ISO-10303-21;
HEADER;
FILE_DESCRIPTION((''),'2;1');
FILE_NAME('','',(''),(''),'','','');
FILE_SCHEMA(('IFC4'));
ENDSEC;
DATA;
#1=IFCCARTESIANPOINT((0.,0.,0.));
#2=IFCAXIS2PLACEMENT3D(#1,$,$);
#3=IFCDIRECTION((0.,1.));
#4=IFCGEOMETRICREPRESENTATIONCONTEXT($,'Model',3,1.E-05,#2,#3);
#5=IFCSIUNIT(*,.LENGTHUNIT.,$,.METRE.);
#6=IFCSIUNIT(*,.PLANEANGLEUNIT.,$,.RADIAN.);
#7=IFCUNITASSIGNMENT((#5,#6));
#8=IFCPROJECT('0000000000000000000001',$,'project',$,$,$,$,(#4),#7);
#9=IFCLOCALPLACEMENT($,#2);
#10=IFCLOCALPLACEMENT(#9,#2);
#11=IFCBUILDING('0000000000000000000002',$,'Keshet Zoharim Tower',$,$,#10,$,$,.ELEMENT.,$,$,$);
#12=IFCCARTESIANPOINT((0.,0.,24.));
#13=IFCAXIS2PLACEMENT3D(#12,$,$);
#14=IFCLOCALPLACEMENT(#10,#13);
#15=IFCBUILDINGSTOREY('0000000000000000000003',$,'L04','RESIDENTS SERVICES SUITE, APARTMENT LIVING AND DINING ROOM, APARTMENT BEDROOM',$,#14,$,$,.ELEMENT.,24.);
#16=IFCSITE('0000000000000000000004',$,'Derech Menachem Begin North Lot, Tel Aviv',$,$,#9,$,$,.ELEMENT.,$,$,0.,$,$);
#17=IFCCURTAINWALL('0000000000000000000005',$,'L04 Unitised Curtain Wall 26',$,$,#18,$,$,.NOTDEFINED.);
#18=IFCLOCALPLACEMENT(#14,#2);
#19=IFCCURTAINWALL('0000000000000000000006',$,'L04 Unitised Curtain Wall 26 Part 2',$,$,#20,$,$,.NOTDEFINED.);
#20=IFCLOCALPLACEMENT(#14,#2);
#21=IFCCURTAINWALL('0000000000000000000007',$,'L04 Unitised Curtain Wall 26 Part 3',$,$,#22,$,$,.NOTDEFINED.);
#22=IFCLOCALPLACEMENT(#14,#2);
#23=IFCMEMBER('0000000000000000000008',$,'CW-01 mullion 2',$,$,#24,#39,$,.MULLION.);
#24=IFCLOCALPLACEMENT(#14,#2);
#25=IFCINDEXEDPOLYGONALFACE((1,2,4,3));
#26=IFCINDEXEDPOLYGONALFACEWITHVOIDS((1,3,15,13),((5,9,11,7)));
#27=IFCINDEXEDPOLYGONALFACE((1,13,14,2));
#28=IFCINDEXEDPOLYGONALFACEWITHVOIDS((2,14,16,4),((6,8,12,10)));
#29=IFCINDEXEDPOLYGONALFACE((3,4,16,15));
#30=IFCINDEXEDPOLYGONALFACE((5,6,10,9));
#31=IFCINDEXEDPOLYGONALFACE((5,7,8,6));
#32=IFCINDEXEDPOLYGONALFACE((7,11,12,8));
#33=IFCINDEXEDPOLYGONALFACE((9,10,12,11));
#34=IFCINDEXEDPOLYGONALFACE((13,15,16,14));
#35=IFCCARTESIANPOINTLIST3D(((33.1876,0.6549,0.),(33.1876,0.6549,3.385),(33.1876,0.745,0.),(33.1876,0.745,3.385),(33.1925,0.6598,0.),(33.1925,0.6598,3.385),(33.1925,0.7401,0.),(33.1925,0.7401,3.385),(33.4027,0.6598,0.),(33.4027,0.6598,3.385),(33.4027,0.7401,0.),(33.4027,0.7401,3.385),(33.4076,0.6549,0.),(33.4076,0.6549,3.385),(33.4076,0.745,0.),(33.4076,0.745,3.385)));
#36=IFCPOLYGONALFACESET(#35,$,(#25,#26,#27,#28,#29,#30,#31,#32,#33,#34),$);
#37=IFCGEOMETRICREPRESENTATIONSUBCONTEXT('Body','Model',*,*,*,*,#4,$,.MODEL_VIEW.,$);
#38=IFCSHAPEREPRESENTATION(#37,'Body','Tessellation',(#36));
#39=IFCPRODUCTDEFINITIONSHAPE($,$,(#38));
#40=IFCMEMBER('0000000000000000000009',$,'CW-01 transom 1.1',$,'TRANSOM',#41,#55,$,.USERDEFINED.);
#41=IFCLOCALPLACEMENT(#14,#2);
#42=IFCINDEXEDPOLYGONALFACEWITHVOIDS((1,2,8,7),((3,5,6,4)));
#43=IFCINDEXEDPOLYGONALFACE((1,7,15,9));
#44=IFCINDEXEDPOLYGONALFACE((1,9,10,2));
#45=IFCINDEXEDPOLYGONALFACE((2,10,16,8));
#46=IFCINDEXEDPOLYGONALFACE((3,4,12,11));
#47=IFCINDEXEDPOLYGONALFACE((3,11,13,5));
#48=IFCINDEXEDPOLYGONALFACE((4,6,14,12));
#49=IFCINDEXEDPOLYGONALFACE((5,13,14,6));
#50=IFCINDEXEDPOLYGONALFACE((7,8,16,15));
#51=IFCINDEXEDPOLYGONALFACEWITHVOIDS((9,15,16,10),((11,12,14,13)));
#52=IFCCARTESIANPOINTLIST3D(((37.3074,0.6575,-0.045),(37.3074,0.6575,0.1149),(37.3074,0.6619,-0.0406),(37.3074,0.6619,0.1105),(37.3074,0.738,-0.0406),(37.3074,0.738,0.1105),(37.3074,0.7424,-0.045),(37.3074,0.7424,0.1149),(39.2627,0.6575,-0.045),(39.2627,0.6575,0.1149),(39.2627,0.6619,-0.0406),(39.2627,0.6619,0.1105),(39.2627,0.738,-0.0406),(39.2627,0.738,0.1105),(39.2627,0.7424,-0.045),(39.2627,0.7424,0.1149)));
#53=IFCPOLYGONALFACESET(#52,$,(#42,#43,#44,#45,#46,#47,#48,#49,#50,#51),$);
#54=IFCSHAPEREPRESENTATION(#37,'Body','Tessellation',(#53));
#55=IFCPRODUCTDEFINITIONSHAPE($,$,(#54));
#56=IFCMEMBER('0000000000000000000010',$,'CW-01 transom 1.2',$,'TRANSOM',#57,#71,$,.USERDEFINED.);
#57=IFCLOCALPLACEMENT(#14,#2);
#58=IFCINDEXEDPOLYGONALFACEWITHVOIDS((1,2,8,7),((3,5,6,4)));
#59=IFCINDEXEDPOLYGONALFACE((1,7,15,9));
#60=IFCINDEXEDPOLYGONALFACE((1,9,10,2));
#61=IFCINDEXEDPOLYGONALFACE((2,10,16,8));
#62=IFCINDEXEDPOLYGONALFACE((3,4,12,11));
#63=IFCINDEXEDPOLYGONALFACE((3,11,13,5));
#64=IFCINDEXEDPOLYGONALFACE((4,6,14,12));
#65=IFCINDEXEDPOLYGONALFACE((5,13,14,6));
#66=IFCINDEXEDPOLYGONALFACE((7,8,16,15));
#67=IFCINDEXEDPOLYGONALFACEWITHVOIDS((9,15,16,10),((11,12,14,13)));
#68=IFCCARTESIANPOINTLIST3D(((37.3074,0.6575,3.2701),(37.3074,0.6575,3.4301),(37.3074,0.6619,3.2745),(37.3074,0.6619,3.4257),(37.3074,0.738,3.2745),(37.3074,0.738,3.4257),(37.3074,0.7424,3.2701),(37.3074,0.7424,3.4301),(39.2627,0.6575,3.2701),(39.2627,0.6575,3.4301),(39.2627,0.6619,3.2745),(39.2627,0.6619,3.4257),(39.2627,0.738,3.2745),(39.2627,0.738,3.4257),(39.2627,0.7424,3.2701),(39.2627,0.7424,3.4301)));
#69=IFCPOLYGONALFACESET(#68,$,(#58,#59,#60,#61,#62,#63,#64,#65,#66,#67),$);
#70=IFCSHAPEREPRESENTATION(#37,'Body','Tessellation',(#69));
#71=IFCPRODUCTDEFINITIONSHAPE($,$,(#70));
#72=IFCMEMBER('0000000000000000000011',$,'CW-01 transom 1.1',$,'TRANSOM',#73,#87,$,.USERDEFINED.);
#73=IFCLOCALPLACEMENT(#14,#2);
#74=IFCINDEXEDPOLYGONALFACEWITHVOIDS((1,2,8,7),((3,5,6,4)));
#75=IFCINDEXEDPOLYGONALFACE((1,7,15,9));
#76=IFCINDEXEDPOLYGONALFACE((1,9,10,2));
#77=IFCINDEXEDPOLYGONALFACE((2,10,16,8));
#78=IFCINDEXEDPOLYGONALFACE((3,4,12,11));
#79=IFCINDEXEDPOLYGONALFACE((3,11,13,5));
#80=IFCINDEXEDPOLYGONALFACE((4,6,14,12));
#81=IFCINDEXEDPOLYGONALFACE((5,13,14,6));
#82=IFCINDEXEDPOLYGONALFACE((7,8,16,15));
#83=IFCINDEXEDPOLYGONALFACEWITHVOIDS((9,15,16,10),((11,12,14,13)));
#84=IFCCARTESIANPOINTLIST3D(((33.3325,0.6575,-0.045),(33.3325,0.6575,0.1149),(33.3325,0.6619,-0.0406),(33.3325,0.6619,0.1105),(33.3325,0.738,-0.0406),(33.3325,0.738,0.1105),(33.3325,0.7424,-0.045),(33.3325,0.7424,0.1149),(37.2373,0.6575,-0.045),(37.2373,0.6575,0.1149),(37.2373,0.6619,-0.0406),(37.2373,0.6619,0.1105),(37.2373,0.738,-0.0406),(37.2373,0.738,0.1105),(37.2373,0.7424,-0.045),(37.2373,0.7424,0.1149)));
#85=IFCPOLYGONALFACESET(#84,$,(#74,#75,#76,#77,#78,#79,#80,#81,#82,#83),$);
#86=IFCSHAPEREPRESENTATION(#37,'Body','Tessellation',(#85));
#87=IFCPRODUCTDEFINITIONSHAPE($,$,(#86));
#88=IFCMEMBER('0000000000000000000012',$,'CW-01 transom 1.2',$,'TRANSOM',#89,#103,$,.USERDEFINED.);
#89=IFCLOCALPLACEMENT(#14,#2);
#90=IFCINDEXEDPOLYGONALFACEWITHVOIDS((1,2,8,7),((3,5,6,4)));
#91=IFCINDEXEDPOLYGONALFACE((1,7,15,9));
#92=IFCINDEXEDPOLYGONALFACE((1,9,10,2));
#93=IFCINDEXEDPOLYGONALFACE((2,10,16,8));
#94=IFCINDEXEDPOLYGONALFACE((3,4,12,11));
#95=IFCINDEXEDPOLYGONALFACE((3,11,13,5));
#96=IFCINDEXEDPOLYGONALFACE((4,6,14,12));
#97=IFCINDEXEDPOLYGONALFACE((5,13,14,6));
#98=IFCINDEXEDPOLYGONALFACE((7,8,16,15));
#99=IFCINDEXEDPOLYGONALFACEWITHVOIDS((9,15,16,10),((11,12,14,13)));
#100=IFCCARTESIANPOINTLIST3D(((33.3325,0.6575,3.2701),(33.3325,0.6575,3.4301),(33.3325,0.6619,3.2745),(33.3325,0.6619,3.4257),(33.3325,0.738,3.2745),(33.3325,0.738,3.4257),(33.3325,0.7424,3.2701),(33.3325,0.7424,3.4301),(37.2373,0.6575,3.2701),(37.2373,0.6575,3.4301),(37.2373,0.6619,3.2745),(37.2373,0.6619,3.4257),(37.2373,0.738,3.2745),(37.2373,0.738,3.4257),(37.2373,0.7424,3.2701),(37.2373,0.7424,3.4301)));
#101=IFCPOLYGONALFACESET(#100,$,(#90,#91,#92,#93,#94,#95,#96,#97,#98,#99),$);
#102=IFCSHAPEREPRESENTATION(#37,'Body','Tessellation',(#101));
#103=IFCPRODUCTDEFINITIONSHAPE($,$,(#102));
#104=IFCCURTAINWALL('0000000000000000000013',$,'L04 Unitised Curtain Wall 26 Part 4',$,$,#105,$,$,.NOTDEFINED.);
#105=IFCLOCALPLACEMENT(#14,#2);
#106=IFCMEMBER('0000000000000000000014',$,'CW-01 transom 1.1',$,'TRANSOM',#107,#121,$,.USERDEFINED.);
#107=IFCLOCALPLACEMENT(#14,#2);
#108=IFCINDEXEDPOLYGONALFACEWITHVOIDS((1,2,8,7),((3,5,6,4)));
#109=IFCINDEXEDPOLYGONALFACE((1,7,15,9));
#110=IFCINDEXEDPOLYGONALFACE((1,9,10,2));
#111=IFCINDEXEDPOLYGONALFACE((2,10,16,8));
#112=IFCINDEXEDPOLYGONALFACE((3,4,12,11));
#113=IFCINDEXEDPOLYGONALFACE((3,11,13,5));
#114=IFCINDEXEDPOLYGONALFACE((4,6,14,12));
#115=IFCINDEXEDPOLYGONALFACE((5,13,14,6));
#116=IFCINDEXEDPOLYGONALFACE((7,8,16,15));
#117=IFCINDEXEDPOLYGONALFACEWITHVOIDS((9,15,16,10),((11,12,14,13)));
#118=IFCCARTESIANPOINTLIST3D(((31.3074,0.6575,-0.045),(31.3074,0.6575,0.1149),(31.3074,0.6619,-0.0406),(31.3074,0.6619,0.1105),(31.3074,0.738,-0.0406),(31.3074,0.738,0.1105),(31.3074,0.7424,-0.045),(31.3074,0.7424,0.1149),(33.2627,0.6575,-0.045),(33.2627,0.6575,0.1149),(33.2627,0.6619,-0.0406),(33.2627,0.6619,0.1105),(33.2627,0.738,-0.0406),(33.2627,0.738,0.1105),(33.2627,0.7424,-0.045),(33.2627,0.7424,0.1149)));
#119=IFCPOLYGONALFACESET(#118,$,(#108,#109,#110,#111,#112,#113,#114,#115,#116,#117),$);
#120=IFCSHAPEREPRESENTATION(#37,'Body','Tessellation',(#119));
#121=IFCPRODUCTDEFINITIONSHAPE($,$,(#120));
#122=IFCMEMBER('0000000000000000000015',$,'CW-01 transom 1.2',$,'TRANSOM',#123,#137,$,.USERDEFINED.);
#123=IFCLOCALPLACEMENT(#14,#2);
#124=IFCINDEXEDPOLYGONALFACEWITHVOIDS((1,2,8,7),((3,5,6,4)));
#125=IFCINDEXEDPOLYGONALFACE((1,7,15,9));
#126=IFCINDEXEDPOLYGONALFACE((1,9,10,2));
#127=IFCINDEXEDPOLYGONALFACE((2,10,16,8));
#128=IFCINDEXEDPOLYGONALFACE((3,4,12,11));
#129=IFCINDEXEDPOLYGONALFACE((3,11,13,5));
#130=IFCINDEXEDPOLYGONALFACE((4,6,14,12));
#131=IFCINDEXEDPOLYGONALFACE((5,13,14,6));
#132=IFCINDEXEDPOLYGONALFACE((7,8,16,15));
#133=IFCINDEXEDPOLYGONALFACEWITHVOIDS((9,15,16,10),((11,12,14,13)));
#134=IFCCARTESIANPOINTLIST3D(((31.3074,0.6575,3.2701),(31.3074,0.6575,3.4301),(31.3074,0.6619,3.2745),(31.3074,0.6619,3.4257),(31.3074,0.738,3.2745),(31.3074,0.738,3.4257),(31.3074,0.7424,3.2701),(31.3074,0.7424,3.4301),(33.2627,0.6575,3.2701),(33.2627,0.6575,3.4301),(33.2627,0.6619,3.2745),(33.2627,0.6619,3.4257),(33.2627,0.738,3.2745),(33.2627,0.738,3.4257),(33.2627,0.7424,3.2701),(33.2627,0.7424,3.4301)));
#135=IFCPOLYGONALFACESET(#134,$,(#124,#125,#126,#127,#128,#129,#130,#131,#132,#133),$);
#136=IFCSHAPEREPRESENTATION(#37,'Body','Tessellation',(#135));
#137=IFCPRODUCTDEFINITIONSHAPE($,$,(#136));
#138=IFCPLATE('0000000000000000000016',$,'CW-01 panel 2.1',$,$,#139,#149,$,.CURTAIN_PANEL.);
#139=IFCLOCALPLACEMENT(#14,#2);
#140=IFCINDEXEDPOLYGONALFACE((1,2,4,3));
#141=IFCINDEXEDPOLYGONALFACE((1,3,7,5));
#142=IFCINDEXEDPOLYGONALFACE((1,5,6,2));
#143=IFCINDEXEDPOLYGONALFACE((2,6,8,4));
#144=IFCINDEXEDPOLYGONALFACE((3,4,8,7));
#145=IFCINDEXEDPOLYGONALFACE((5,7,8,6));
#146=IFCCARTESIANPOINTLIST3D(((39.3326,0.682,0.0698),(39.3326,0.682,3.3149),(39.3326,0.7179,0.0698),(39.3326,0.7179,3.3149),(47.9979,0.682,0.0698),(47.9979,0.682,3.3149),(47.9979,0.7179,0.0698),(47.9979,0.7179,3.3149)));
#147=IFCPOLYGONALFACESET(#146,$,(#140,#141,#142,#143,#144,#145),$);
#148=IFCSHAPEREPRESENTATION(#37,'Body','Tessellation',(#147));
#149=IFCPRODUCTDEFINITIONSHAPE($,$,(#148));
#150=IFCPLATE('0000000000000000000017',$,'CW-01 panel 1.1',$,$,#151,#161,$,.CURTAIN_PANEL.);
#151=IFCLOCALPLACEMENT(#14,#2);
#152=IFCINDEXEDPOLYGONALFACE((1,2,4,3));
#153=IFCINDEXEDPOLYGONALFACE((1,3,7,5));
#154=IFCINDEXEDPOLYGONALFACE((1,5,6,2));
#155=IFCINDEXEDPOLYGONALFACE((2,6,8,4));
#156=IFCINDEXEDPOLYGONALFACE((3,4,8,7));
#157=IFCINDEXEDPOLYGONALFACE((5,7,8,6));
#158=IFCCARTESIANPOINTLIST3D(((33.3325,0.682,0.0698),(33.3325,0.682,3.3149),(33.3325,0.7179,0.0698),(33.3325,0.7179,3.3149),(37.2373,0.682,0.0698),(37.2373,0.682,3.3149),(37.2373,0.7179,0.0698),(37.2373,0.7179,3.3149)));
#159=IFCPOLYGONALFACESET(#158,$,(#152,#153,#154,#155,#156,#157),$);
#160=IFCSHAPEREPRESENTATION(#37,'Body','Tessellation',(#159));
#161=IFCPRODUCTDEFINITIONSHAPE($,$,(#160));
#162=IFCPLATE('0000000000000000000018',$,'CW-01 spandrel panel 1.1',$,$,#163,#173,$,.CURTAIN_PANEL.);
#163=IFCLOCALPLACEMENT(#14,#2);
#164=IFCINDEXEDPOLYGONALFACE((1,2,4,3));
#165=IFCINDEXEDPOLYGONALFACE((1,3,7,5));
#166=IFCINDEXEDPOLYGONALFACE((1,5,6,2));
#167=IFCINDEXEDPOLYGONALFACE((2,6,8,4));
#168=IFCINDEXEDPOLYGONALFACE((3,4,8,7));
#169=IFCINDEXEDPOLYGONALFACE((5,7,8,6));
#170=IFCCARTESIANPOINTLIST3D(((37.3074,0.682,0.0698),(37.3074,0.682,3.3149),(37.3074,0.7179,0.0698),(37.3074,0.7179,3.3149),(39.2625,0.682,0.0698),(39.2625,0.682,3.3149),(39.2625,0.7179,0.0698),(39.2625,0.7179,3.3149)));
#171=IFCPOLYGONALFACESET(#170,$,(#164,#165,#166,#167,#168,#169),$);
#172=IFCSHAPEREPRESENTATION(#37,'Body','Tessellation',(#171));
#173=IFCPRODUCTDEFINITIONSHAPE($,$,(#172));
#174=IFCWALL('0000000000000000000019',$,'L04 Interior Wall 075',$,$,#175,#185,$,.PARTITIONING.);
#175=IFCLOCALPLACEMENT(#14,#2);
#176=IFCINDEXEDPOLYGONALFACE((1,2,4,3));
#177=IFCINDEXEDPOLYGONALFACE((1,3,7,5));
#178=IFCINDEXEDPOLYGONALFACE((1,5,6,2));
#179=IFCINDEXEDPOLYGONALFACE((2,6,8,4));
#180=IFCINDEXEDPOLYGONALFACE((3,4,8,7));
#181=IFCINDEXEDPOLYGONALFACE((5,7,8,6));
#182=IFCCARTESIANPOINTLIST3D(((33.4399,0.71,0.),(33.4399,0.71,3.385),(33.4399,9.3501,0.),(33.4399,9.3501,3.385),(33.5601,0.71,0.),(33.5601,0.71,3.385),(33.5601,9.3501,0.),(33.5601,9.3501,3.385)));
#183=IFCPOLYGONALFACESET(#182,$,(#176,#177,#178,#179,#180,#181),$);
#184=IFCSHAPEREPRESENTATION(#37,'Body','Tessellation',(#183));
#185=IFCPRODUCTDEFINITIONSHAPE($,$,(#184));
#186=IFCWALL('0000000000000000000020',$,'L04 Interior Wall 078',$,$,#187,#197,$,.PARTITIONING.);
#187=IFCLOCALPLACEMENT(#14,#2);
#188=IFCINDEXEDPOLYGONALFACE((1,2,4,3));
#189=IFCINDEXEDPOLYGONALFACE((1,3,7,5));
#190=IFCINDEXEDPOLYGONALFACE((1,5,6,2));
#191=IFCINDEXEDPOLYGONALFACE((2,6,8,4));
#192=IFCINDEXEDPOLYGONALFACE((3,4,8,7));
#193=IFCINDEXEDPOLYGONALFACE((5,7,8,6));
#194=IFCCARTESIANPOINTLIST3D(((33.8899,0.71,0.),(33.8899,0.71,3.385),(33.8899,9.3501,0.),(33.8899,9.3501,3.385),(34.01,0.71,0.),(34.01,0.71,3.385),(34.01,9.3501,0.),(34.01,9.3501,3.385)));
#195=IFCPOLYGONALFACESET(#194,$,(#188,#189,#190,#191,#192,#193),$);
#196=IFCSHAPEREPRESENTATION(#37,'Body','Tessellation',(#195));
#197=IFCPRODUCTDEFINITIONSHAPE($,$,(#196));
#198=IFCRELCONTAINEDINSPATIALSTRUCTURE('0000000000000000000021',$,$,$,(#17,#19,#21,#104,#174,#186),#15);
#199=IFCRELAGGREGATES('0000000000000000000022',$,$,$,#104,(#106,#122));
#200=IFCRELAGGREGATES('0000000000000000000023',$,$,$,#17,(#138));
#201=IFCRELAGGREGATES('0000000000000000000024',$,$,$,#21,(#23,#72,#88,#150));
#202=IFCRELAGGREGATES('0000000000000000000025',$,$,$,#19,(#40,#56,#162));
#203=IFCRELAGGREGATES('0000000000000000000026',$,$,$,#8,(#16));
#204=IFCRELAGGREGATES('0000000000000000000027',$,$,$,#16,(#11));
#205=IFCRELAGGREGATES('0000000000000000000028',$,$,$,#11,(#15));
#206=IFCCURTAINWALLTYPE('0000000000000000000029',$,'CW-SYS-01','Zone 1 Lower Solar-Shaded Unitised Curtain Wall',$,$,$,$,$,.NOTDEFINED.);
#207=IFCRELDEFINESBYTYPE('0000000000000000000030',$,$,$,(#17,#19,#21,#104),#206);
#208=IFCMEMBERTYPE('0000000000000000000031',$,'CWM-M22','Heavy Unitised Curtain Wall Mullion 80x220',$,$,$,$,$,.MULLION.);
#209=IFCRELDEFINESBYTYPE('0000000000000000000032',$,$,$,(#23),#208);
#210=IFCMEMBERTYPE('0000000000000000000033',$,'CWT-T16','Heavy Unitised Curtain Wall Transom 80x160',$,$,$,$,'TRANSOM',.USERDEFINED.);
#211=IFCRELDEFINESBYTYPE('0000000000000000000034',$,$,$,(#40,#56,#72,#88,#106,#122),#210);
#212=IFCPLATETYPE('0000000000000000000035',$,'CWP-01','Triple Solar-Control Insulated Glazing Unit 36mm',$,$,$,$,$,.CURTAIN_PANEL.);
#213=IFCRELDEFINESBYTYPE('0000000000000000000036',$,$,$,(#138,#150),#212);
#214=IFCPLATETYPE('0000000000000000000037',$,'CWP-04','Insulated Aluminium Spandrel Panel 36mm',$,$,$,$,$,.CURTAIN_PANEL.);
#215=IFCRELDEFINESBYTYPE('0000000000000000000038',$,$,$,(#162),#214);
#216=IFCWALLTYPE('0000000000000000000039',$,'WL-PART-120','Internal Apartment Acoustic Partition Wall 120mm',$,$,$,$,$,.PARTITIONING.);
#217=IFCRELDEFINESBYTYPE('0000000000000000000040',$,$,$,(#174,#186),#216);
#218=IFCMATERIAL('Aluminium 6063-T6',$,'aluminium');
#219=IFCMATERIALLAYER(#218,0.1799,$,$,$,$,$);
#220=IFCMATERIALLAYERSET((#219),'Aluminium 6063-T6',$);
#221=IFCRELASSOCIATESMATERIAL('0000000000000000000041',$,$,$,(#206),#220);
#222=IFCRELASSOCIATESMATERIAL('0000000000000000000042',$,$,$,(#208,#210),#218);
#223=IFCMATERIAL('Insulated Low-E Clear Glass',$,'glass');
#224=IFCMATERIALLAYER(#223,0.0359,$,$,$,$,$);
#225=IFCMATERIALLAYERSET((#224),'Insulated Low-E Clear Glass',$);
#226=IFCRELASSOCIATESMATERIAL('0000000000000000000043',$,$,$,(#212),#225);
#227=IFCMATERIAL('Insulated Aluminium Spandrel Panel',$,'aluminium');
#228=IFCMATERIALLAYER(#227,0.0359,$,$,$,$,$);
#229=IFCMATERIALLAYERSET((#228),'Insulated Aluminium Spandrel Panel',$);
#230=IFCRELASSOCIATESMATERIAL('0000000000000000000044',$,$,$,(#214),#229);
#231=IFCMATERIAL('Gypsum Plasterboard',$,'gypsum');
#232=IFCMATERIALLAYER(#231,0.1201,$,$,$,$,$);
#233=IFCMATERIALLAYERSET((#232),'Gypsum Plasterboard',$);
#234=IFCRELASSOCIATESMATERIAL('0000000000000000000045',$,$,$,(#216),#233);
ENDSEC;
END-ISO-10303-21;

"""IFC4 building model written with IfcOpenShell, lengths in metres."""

from ifc_helpers import new_model, si_unit, direction, frame, frame_2d, origin, origin_2d, place, context, subcontext, project, spatial, rectangle, hollow_rectangle, extrude, material, layer, layer_set, material_profile, profile_set, type_object, element, aggregate, save


model = new_model("IFC4")

# Units and contexts
model_context = context("Model", 3, precision=1e-05, world=origin(), true_north=direction((0.0, 1.0)))
body_context = subcontext(model_context, "Body", "Model", "MODEL_VIEW")
ifc_project = project(units=[si_unit("LENGTHUNIT", "METRE"), si_unit("PLANEANGLEUNIT", "RADIAN")], contexts=[model_context])

# Site, building, storey
site_placement = place(None, origin())
site = spatial("IfcSite", under=ifc_project, at=site_placement, Name="Derech Menachem Begin North Lot, Tel Aviv", CompositionType="ELEMENT", RefElevation=0.0)
building_placement = place(site_placement, origin())
building = spatial("IfcBuilding", under=site, at=building_placement, Name="Keshet Zoharim Tower", CompositionType="ELEMENT")
storey_placement = place(building_placement, frame((0.0, 0.0, 24.0)))
storey = spatial("IfcBuildingStorey", under=building, at=storey_placement, Name="L04", Description="RESIDENTS SERVICES SUITE, APARTMENT LIVING AND DINING ROOM, APARTMENT BEDROOM", CompositionType="ELEMENT", Elevation=24.0)

# Curtain walls, member
ifc_material_1 = material(Name="Aluminium 6063-T6", Category="aluminium")
ifc_layer_1 = layer(ifc_material_1, 0.1799)
ifc_layer_set_1 = layer_set([ifc_layer_1], Name="Aluminium 6063-T6")
curtain_wall_type = type_object("IfcCurtainWallType", Name="CW-SYS-01", Description="Zone 1 Lower Solar-Shaded Unitised Curtain Wall", PredefinedType="NOTDEFINED", material=ifc_layer_set_1)
curtain_wall_1_placement = place(storey_placement, origin())
curtain_wall_1 = element("IfcCurtainWall", 1, at=curtain_wall_1_placement, inside=storey, type_object=curtain_wall_type, Name="L04 Unitised Curtain Wall 26", PredefinedType="NOTDEFINED")
ifc_material_profile_1 = material_profile(ifc_material_1, hollow_rectangle(XDim=0.0901, YDim=0.22, WallThickness=0.0049, at=origin_2d()), Name="MUL-90x220")
ifc_profile_set_1 = profile_set([ifc_material_profile_1], Name="Aluminium 6063-T6")
member_type_1 = type_object("IfcMemberType", Name="CWM-M22", Description="Heavy Unitised Curtain Wall Mullion 80x220", PredefinedType="MULLION", material=ifc_profile_set_1)
curtain_wall_2_placement = place(storey_placement, origin())
curtain_wall_2 = element("IfcCurtainWall", 2, at=curtain_wall_2_placement, inside=storey, type_object=curtain_wall_type, Name="L04 Unitised Curtain Wall 26 Part 2", PredefinedType="NOTDEFINED")
curtain_wall_3_placement = place(storey_placement, origin())
curtain_wall_3 = element("IfcCurtainWall", 3, at=curtain_wall_3_placement, inside=storey, type_object=curtain_wall_type, Name="L04 Unitised Curtain Wall 26 Part 3", PredefinedType="NOTDEFINED")
member_1_placement = place(storey_placement, frame((33.2976, 0.7, 0.0), z_axis=(0.0, 0.0, 1.0), x_axis=(0.0, -1.0, 0.0)))
member_1 = element("IfcMember", 4, at=member_1_placement, type_object=member_type_1, Name="CW-01 mullion 2", PredefinedType="MULLION", context=body_context, shape_type="SweptSolid", body=[
    extrude(hollow_rectangle(XDim=0.0901, YDim=0.22, WallThickness=0.0049, at=origin_2d()), origin(), (0.0, 0.0, 1.0), 3.385),
])

# Members
ifc_material_profile_2 = material_profile(ifc_material_1, hollow_rectangle(XDim=0.085, YDim=0.1599, WallThickness=0.0044, at=origin_2d()), Name="TRN-85x160")
ifc_profile_set_2 = profile_set([ifc_material_profile_2], Name="Aluminium 6063-T6")
member_type_2 = type_object("IfcMemberType", Name="CWT-T16", Description="Heavy Unitised Curtain Wall Transom 80x160", ElementType="TRANSOM", PredefinedType="USERDEFINED", material=ifc_profile_set_2)
member_2_placement = place(storey_placement, frame((39.2627, 0.7, 0.0349), z_axis=(-1.0, 0.0, 0.0), x_axis=(0.0, -1.0, 0.0)))
member_2 = element("IfcMember", 5, at=member_2_placement, type_object=member_type_2, Name="CW-01 transom 1.1", ObjectType="TRANSOM", PredefinedType="USERDEFINED", context=body_context, shape_type="SweptSolid", body=[
    extrude(hollow_rectangle(XDim=0.085, YDim=0.1599, WallThickness=0.0044, at=origin_2d()), origin(), (0.0, 0.0, 1.0), 1.9553),
])
member_3_placement = place(storey_placement, frame((39.2627, 0.7, 3.3501), z_axis=(-1.0, 0.0, 0.0), x_axis=(0.0, -1.0, 0.0)))
member_3 = element("IfcMember", 6, at=member_3_placement, type_object=member_type_2, Name="CW-01 transom 1.2", ObjectType="TRANSOM", PredefinedType="USERDEFINED", context=body_context, shape_type="SweptSolid", body=[
    extrude(hollow_rectangle(XDim=0.085, YDim=0.1599, WallThickness=0.0044, at=origin_2d()), origin(), (0.0, 0.0, 1.0), 1.9553),
])
member_4_placement = place(storey_placement, frame((37.2373, 0.7, 0.0349), z_axis=(-1.0, 0.0, 0.0), x_axis=(0.0, -1.0, 0.0)))
member_4 = element("IfcMember", 7, at=member_4_placement, type_object=member_type_2, Name="CW-01 transom 1.1", ObjectType="TRANSOM", PredefinedType="USERDEFINED", context=body_context, shape_type="SweptSolid", body=[
    extrude(hollow_rectangle(XDim=0.085, YDim=0.1599, WallThickness=0.0044, at=origin_2d()), origin(), (0.0, 0.0, 1.0), 3.9048),
])
member_5_placement = place(storey_placement, frame((37.2373, 0.7, 3.3501), z_axis=(-1.0, 0.0, 0.0), x_axis=(0.0, -1.0, 0.0)))
member_5 = element("IfcMember", 8, at=member_5_placement, type_object=member_type_2, Name="CW-01 transom 1.2", ObjectType="TRANSOM", PredefinedType="USERDEFINED", context=body_context, shape_type="SweptSolid", body=[
    extrude(hollow_rectangle(XDim=0.085, YDim=0.1599, WallThickness=0.0044, at=origin_2d()), origin(), (0.0, 0.0, 1.0), 3.9048),
])

# Curtain wall, members
curtain_wall_4_placement = place(storey_placement, origin())
curtain_wall_4 = element("IfcCurtainWall", 9, at=curtain_wall_4_placement, inside=storey, type_object=curtain_wall_type, Name="L04 Unitised Curtain Wall 26 Part 4", PredefinedType="NOTDEFINED")
member_6_placement = place(storey_placement, frame((33.2627, 0.7, 0.0349), z_axis=(-1.0, 0.0, 0.0), x_axis=(0.0, -1.0, 0.0)))
member_6 = element("IfcMember", 10, at=member_6_placement, type_object=member_type_2, Name="CW-01 transom 1.1", ObjectType="TRANSOM", PredefinedType="USERDEFINED", context=body_context, shape_type="SweptSolid", body=[
    extrude(hollow_rectangle(XDim=0.085, YDim=0.1599, WallThickness=0.0044, at=origin_2d()), origin(), (0.0, 0.0, 1.0), 1.9553),
])
member_7_placement = place(storey_placement, frame((33.2627, 0.7, 3.3501), z_axis=(-1.0, 0.0, 0.0), x_axis=(0.0, -1.0, 0.0)))
member_7 = element("IfcMember", 11, at=member_7_placement, type_object=member_type_2, Name="CW-01 transom 1.2", ObjectType="TRANSOM", PredefinedType="USERDEFINED", context=body_context, shape_type="SweptSolid", body=[
    extrude(hollow_rectangle(XDim=0.085, YDim=0.1599, WallThickness=0.0044, at=origin_2d()), origin(), (0.0, 0.0, 1.0), 1.9553),
])
aggregate(curtain_wall_4, [member_6, member_7])

# Plates
ifc_material_2 = material(Name="Insulated Low-E Clear Glass", Category="glass")
ifc_layer_2 = layer(ifc_material_2, 0.0359)
ifc_layer_set_2 = layer_set([ifc_layer_2], Name="Insulated Low-E Clear Glass")
plate_type_1 = type_object("IfcPlateType", Name="CWP-01", Description="Triple Solar-Control Insulated Glazing Unit 36mm", PredefinedType="CURTAIN_PANEL", material=ifc_layer_set_2)
plate_1_placement = place(storey_placement, frame((43.6653, 0.7, 0.0698), z_axis=(0.0, 0.0, 1.0), x_axis=(-1.0, 0.0, 0.0)))
plate_1 = element("IfcPlate", 12, at=plate_1_placement, type_object=plate_type_1, Name="CW-01 panel 2.1", PredefinedType="CURTAIN_PANEL", context=body_context, shape_type="SweptSolid", body=[
    extrude(rectangle(XDim=8.6653, YDim=0.0359, at=origin_2d()), origin(), (0.0, 0.0, 1.0), 3.2451),
])
aggregate(curtain_wall_1, [plate_1])
plate_2_placement = place(storey_placement, frame((35.2849, 0.7, 0.0698), z_axis=(0.0, 0.0, 1.0), x_axis=(-1.0, 0.0, 0.0)))
plate_2 = element("IfcPlate", 13, at=plate_2_placement, type_object=plate_type_1, Name="CW-01 panel 1.1", PredefinedType="CURTAIN_PANEL", context=body_context, shape_type="SweptSolid", body=[
    extrude(rectangle(XDim=3.9048, YDim=0.0359, at=origin_2d()), origin(), (0.0, 0.0, 1.0), 3.2451),
])
aggregate(curtain_wall_3, [member_1, member_4, member_5, plate_2])
ifc_material_3 = material(Name="Insulated Aluminium Spandrel Panel", Category="aluminium")
ifc_layer_3 = layer(ifc_material_3, 0.0359)
ifc_layer_set_3 = layer_set([ifc_layer_3], Name="Insulated Aluminium Spandrel Panel")
plate_type_2 = type_object("IfcPlateType", Name="CWP-04", Description="Insulated Aluminium Spandrel Panel 36mm", PredefinedType="CURTAIN_PANEL", material=ifc_layer_set_3)
plate_3_placement = place(storey_placement, frame((38.2849, 0.7, 0.0698), z_axis=(0.0, 0.0, 1.0), x_axis=(-1.0, 0.0, 0.0)))
plate_3 = element("IfcPlate", 14, at=plate_3_placement, type_object=plate_type_2, Name="CW-01 spandrel panel 1.1", PredefinedType="CURTAIN_PANEL", context=body_context, shape_type="SweptSolid", body=[
    extrude(rectangle(XDim=1.9551, YDim=0.0359, at=origin_2d()), origin(), (0.0, 0.0, 1.0), 3.2451),
])
aggregate(curtain_wall_2, [member_2, member_3, plate_3])

# Walls
ifc_material_4 = material(Name="Gypsum Plasterboard", Category="gypsum")
ifc_layer_4 = layer(ifc_material_4, 0.1201)
ifc_layer_set_4 = layer_set([ifc_layer_4], Name="Gypsum Plasterboard")
wall_type = type_object("IfcWallType", Name="WL-PART-120", Description="Internal Apartment Acoustic Partition Wall 120mm", PredefinedType="PARTITIONING", material=ifc_layer_set_4)
for number, where, z_axis, x_axis, name in (
    (15, (33.5, 0.71, 0.0), (0.0, 0.0, 1.0), (0.0, 1.0, 0.0), "L04 Interior Wall 075"),
    (16, (33.95, 0.71, 0.0), (0.0, 0.0, 1.0), (0.0, 1.0, 0.0), "L04 Interior Wall 078"),
):
    element("IfcWall", number, at=place(storey_placement, frame(where, z_axis=z_axis, x_axis=x_axis)), inside=storey, type_object=wall_type, Name=name, PredefinedType="PARTITIONING", context=body_context, shape_type="SweptSolid", body=[
        extrude(rectangle(XDim=8.6401, YDim=0.1201, at=frame_2d((4.3201, 0.0))), origin(), (0.0, 0.0, 1.0), 3.385),
    ])

save(model, "model.ifc")
